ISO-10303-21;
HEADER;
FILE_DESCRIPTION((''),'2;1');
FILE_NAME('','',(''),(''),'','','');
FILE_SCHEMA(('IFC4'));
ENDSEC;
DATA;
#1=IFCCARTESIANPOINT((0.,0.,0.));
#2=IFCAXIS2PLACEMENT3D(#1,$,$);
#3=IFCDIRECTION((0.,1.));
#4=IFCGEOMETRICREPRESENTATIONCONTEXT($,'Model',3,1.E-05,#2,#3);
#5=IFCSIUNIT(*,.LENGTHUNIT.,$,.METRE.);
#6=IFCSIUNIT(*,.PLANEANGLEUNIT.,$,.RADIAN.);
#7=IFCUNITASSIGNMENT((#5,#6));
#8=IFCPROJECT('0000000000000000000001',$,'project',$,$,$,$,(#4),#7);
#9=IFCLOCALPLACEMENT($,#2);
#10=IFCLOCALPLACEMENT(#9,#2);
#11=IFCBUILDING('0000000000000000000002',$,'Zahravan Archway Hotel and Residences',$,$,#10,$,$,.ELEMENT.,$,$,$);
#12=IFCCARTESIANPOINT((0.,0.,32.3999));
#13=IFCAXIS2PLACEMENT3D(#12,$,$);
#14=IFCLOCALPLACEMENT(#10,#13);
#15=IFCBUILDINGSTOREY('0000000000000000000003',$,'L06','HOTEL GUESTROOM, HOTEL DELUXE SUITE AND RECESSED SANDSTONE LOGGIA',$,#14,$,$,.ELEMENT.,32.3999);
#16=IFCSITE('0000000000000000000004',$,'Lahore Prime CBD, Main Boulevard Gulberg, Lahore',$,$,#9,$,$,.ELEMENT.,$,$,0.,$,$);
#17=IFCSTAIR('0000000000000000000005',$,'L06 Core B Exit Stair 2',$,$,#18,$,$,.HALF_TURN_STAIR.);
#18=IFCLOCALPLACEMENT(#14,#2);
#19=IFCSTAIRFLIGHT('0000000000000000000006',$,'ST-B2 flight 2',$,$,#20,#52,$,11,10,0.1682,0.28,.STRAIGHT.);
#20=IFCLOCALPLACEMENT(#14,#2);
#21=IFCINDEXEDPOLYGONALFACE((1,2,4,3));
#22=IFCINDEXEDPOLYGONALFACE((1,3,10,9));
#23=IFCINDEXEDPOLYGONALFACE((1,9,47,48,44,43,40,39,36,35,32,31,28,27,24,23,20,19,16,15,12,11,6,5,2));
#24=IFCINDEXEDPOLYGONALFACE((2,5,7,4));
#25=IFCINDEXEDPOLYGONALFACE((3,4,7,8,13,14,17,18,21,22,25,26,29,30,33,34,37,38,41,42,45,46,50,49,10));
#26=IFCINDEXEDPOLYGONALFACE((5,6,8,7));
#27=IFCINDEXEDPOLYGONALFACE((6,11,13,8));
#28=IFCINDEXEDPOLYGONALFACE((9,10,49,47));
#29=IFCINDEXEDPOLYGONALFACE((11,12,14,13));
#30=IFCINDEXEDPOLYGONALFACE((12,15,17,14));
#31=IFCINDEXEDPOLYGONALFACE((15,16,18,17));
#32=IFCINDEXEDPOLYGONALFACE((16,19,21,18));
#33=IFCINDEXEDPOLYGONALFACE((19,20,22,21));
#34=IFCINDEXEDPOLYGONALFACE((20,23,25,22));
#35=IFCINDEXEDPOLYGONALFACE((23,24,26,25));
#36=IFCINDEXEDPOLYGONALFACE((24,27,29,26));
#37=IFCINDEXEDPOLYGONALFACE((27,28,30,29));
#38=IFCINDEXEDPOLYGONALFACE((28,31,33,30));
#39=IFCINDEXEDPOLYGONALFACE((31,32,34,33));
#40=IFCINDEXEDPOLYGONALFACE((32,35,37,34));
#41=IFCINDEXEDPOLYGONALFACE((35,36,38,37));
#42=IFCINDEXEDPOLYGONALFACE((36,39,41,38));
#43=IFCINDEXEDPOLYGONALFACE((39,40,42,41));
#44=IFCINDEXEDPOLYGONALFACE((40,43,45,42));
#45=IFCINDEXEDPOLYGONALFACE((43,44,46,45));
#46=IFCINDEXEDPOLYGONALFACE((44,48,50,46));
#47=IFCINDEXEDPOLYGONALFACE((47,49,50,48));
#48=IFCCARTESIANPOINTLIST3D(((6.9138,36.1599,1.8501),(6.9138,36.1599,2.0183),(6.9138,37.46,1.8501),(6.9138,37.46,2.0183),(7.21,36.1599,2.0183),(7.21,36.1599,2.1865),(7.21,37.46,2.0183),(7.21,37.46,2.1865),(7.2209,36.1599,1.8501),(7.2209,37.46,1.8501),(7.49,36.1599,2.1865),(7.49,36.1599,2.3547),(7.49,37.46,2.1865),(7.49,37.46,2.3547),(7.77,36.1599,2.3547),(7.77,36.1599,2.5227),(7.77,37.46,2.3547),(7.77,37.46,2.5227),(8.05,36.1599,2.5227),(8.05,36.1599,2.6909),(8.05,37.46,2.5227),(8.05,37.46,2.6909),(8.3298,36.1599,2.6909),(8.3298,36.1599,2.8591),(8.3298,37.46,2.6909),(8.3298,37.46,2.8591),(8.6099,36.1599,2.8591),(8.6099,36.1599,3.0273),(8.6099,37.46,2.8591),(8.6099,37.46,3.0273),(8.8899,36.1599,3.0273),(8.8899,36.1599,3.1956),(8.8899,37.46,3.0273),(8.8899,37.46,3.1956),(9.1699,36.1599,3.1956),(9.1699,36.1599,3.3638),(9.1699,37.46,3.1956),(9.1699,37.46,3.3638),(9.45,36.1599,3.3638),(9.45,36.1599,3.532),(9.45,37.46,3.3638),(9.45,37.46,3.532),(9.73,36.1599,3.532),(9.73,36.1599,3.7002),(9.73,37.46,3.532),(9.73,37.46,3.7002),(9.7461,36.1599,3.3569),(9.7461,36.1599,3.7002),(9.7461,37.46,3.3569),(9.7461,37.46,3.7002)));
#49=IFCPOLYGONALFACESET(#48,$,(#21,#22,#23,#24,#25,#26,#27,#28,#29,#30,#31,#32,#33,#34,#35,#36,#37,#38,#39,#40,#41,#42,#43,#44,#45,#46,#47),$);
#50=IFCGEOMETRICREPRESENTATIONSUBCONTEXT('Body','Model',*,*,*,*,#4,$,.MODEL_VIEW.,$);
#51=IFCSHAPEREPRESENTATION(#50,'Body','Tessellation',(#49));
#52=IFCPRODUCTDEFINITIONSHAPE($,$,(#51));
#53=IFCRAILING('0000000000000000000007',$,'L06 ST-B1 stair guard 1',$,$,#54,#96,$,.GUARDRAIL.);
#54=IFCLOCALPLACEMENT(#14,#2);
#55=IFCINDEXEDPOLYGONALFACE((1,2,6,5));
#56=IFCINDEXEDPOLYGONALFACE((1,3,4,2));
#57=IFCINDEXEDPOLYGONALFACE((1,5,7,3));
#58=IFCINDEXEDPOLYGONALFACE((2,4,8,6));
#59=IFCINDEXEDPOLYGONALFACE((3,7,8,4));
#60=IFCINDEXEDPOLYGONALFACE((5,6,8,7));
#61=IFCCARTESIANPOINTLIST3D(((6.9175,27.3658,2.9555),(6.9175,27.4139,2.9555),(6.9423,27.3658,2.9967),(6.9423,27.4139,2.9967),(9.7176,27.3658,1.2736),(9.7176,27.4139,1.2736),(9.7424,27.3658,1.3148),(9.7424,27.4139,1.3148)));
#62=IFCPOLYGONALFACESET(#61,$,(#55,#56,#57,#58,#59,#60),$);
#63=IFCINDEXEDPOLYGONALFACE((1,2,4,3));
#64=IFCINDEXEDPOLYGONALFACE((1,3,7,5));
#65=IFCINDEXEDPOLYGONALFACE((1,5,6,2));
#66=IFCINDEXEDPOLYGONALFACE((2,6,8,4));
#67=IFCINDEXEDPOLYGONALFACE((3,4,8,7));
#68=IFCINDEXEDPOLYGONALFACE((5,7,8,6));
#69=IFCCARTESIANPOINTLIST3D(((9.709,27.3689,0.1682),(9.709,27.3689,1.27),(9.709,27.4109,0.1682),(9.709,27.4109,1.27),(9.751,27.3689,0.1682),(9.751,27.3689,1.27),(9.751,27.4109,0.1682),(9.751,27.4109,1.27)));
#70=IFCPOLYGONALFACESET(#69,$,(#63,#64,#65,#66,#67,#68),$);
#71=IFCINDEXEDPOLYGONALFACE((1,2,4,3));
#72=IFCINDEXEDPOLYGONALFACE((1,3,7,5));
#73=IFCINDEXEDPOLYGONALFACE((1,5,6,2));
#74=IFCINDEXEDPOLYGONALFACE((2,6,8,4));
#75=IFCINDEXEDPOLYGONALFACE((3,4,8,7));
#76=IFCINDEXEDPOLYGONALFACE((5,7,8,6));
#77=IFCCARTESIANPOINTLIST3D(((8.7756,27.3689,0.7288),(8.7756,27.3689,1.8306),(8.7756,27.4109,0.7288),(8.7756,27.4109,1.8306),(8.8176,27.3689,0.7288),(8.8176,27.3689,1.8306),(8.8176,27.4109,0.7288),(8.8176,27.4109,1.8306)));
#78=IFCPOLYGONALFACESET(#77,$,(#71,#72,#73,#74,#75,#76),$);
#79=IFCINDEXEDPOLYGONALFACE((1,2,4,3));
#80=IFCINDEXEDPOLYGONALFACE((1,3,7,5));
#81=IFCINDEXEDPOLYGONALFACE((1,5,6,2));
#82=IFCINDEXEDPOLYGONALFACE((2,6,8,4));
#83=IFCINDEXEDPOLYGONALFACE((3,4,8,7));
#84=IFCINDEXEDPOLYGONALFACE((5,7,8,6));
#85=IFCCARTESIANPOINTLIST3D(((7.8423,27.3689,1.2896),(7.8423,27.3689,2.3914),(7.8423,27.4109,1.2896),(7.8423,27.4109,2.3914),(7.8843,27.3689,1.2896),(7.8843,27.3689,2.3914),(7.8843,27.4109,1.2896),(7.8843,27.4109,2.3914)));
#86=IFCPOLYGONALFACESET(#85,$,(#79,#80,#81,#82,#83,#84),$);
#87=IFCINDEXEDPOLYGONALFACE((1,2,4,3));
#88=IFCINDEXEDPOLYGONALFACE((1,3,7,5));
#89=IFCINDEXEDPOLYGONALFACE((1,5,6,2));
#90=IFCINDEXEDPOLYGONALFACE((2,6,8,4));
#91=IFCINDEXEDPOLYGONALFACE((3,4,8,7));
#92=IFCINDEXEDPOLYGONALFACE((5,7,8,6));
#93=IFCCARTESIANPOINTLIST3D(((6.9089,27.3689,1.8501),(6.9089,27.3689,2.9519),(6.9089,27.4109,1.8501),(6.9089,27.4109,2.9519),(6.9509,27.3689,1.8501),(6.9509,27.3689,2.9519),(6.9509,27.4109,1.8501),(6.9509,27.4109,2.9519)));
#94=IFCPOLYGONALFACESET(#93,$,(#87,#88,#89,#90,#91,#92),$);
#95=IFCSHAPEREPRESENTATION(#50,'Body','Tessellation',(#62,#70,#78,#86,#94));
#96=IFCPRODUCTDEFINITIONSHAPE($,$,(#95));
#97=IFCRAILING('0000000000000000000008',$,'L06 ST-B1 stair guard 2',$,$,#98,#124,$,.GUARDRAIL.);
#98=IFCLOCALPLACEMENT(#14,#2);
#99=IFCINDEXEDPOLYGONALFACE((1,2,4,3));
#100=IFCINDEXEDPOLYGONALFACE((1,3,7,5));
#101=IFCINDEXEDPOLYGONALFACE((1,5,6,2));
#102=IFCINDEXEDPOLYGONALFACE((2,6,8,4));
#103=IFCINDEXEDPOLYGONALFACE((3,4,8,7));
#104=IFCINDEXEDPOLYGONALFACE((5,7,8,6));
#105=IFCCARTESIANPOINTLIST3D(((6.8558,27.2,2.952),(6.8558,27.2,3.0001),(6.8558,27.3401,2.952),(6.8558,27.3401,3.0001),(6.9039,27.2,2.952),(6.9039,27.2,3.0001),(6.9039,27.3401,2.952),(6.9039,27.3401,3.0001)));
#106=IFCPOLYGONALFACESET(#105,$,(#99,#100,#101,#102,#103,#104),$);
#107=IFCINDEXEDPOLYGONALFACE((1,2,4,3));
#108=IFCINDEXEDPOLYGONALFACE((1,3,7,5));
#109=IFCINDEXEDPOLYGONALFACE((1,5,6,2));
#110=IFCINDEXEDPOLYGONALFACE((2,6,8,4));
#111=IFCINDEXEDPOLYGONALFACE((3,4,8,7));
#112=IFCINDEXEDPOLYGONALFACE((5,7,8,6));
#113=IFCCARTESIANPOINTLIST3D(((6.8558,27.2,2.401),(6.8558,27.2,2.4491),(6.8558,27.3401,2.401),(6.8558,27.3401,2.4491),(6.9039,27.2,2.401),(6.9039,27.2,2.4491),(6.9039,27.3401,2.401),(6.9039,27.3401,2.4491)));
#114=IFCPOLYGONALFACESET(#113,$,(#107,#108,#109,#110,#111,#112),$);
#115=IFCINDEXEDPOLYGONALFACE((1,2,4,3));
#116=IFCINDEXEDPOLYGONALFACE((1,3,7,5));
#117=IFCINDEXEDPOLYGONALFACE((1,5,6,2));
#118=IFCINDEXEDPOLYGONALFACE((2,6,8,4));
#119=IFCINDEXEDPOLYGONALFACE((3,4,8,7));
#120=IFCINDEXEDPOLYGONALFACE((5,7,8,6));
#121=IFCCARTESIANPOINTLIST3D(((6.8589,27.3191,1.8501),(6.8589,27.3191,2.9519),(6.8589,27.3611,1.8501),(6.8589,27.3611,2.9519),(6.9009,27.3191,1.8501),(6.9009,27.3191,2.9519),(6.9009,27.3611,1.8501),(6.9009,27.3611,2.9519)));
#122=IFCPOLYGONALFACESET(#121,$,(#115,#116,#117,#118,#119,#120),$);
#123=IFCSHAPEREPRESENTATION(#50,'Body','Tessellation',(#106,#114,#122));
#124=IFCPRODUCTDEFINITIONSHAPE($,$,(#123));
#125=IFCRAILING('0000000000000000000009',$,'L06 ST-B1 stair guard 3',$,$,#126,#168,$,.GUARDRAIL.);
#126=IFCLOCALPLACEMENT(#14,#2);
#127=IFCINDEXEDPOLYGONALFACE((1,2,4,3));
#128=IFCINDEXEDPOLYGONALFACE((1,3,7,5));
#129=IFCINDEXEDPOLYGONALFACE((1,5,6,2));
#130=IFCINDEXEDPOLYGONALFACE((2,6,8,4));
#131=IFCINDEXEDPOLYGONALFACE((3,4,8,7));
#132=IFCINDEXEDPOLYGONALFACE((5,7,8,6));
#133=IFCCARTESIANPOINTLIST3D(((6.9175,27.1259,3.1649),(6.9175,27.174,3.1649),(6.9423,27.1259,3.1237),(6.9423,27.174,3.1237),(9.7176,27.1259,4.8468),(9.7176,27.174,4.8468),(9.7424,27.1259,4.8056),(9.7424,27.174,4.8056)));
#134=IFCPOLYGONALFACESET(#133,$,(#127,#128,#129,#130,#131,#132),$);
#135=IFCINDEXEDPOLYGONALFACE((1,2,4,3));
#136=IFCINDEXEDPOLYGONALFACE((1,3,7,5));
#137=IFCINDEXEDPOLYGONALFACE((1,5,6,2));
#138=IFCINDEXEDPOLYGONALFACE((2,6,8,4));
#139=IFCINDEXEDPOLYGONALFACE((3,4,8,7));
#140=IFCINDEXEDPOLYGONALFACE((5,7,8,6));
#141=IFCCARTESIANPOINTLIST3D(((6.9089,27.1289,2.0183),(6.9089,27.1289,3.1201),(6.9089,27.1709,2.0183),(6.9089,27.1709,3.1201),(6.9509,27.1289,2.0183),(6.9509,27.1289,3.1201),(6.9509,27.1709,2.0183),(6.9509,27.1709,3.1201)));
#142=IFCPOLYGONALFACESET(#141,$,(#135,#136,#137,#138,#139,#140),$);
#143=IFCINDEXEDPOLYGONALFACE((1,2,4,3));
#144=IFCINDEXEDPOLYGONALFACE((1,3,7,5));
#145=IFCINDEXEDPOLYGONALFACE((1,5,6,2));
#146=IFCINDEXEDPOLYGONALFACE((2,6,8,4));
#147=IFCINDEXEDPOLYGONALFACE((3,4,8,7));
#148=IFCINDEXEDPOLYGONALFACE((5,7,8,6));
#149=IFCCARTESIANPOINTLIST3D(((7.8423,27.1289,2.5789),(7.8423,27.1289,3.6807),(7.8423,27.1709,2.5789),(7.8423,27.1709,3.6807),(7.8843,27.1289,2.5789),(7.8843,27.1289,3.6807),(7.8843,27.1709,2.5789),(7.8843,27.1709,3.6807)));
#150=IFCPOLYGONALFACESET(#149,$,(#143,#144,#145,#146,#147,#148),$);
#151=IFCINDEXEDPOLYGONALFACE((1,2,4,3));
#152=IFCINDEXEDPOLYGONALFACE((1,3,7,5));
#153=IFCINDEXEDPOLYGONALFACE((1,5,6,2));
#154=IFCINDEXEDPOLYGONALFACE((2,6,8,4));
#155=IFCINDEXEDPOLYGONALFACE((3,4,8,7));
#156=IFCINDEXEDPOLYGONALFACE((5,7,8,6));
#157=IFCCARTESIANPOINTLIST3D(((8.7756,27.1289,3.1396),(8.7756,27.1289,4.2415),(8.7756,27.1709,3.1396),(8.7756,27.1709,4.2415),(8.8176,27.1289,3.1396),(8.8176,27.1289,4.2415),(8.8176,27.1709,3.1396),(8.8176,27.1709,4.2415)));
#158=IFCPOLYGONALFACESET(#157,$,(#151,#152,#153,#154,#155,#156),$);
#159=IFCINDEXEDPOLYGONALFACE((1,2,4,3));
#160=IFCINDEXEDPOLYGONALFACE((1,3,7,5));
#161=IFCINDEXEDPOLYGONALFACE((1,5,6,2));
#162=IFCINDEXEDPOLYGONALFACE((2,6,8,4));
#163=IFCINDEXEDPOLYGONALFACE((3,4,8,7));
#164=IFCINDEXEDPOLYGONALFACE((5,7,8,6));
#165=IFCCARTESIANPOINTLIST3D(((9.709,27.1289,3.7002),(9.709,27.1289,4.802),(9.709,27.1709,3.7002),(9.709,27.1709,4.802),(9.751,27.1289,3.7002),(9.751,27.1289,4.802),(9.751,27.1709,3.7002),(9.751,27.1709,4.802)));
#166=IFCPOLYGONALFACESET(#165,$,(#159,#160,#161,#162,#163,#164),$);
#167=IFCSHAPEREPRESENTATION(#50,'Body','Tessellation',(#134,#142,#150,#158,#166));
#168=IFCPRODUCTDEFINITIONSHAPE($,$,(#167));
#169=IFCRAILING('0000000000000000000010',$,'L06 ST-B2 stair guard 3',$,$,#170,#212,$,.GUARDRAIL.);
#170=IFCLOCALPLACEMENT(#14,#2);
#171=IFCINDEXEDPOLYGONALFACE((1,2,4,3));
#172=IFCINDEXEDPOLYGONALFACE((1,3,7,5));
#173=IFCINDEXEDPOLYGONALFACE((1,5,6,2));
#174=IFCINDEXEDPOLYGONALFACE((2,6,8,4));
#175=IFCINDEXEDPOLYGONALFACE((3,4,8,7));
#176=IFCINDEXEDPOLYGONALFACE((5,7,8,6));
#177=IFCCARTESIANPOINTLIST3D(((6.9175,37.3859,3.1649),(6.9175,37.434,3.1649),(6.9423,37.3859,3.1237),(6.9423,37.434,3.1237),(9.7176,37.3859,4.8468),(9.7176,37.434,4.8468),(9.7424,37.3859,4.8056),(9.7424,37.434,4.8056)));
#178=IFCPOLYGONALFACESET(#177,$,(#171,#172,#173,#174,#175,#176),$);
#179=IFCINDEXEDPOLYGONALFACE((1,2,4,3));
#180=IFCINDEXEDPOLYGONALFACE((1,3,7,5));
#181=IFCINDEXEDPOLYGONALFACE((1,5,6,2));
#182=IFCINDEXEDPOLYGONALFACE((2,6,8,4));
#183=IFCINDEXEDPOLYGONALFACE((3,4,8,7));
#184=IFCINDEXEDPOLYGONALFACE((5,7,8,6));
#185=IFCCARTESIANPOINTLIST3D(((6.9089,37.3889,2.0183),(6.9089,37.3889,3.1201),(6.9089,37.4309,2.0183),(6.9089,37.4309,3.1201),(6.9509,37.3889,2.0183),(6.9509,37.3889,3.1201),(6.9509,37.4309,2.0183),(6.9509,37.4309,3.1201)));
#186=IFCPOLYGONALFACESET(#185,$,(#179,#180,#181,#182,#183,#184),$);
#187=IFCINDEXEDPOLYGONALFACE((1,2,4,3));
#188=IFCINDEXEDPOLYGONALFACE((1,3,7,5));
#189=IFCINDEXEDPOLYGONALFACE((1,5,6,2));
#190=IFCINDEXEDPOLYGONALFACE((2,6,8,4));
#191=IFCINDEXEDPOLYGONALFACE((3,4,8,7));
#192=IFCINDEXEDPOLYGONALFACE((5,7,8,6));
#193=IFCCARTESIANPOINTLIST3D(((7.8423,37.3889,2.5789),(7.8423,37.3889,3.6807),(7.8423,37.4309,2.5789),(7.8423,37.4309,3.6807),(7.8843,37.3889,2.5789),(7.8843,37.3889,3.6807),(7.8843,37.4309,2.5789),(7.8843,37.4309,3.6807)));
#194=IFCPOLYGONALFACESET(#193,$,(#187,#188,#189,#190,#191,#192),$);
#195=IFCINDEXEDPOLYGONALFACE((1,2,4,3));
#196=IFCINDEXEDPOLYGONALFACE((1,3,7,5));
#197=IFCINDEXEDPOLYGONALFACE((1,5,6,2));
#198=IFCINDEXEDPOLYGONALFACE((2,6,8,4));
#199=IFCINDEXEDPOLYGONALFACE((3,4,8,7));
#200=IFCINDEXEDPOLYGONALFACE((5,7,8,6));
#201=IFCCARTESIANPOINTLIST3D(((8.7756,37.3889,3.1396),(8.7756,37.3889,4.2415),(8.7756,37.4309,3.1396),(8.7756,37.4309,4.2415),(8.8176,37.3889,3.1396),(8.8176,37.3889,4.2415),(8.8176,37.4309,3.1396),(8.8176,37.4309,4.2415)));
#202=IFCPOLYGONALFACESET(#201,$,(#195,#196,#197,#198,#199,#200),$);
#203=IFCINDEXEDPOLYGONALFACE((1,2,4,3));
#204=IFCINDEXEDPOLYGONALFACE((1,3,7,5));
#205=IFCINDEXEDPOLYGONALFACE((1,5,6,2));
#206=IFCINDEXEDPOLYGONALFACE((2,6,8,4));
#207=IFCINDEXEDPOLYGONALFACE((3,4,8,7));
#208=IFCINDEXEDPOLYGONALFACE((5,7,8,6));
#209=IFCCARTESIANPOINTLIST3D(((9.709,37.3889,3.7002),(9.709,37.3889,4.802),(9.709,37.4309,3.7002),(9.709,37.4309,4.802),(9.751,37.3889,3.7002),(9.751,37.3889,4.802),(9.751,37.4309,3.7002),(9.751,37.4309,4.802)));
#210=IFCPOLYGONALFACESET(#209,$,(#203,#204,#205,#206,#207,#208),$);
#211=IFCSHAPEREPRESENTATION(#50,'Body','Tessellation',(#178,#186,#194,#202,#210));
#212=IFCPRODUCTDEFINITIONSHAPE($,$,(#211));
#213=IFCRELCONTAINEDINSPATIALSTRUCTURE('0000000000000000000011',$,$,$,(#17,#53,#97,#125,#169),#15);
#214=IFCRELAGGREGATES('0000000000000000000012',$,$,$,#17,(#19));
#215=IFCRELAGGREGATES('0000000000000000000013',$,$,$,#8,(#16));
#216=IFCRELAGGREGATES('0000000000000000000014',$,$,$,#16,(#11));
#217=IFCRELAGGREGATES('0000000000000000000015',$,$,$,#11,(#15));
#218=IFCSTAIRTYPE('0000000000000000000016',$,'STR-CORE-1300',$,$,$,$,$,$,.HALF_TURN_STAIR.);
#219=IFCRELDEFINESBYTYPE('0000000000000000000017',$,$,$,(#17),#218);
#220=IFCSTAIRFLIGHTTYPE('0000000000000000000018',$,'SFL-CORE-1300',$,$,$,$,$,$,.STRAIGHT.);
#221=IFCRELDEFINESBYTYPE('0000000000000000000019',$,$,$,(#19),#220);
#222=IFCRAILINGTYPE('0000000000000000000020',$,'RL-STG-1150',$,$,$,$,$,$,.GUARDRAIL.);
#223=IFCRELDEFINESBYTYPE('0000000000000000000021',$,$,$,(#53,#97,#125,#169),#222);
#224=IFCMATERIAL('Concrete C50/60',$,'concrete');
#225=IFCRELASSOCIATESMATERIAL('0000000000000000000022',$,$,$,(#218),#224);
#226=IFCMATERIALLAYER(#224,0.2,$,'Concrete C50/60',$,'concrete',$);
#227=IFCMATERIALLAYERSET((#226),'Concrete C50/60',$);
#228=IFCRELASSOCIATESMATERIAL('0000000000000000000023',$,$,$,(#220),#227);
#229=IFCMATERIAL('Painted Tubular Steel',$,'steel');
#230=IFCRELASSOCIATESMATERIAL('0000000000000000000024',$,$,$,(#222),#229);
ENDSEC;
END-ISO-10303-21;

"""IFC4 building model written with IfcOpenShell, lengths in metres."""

from ifc_helpers import new_model, si_unit, direction, frame, origin, origin_2d, place, context, subcontext, project, spatial, polyline, rectangle, outline, extrude, source, transform, mapped, material, layer, layer_set, type_object, element, aggregate, save


model = new_model("IFC4")

# Units and contexts
model_context = context("Model", 3, precision=1e-05, world=origin(), true_north=direction((0.0, 1.0)))
body_context = subcontext(model_context, "Body", "Model", "MODEL_VIEW")
ifc_project = project(units=[si_unit("LENGTHUNIT", "METRE"), si_unit("PLANEANGLEUNIT", "RADIAN")], contexts=[model_context])

# Site, building, storey
site_placement = place(None, origin())
site = spatial("IfcSite", under=ifc_project, at=site_placement, Name="Lahore Prime CBD, Main Boulevard Gulberg, Lahore", CompositionType="ELEMENT", RefElevation=0.0)
building_placement = place(site_placement, origin())
building = spatial("IfcBuilding", under=site, at=building_placement, Name="Zahravan Archway Hotel and Residences", CompositionType="ELEMENT")
storey_placement = place(building_placement, frame((0.0, 0.0, 32.3999)))
storey = spatial("IfcBuildingStorey", under=building, at=storey_placement, Name="L06", Description="HOTEL GUESTROOM, HOTEL DELUXE SUITE AND RECESSED SANDSTONE LOGGIA", CompositionType="ELEMENT", Elevation=32.3999)

# Shared definitions
ifc_material_1 = material(Name="Concrete C50/60", Category="concrete")

# Shared definitions
stair_type = type_object("IfcStairType", Name="STR-CORE-1300", PredefinedType="HALF_TURN_STAIR", material=ifc_material_1)
ifc_layer_1 = layer(ifc_material_1, 0.2, Name="Concrete C50/60", Category="concrete")
ifc_layer_set_1 = layer_set([ifc_layer_1], Name="Concrete C50/60")
stair_flight_type = type_object("IfcStairFlightType", Name="SFL-CORE-1300", PredefinedType="STRAIGHT", material=ifc_layer_set_1)
shared_shape_1 = source(origin(), body_context, "Body", "SweptSolid", [
    extrude(outline(polyline([(-0.0161, 0.0), (-0.0161, 0.1682), (0.28, 0.1682), (0.28, 0.3364), (0.5601, 0.3364), (0.5601, 0.5046), (0.8401, 0.5046), (0.8401, 0.6726), (1.1201, 0.6726), (1.1201, 0.8408), (1.3999, 0.8408), (1.3999, 1.009), (1.6799, 1.009), (1.6799, 1.1772), (1.96, 1.1772), (1.96, 1.3455), (2.24, 1.3455), (2.24, 1.5137), (2.52, 1.5137), (2.52, 1.6819), (2.8, 1.6819), (2.8, 1.8501), (2.8162, 1.8501), (2.8162, 1.5068), (0.291, 0.0), (-0.0161, 0.0)])), frame((0.0, 0.6499, 0.0), z_axis=(0.0, -1.0, 0.0), x_axis=(1.0, 0.0, 0.0)), (0.0, 0.0, 1.0), 1.3),
])

# Stair, stair flight
stair_1_placement = place(storey_placement, origin())
stair_1 = element("IfcStair", 1, at=stair_1_placement, inside=storey, type_object=stair_type, Name="L06 Core B Exit Stair 2", PredefinedType="HALF_TURN_STAIR")
stair_flight_1_placement = place(storey_placement, frame((6.9299, 36.8101, 1.8501), z_axis=(0.0, 0.0, 1.0), x_axis=(1.0, 0.0, 0.0)))
stair_flight_1 = element("IfcStairFlight", 2, at=stair_flight_1_placement, type_object=stair_flight_type, Name="ST-B2 flight 2", NumberOfRisers=11, NumberOfTreads=10, PredefinedType="STRAIGHT", RiserHeight=0.1682, TreadLength=0.28, context=body_context, shape_type="MappedRepresentation", body=[
    mapped(shared_shape_1, transform((0.0, 0.0, 0.0), scale=1.0)),
])
aggregate(stair_1, [stair_flight_1])

# Railings
ifc_material_2 = material(Name="Painted Tubular Steel", Category="steel")
railing_type_1 = type_object("IfcRailingType", Name="RL-STG-1150", PredefinedType="GUARDRAIL", material=ifc_material_2)
railing_1_placement = place(storey_placement, frame((9.73, 27.3899, 0.1682)))
element("IfcRailing", 3, at=railing_1_placement, inside=storey, type_object=railing_type_1, Name="L06 ST-B1 stair guard 1", PredefinedType="GUARDRAIL", context=body_context, shape_type="SweptSolid", body=[
    extrude(rectangle(XDim=0.0481, YDim=0.0481, at=origin_2d()), frame((0.0, 0.0, 1.126), z_axis=(-0.857242, 0.0, 0.514913), x_axis=(0.0, -1.0, 0.0)), (0.0, 0.0, 1.0), 3.2664),
    extrude(rectangle(XDim=0.042, YDim=0.042, at=origin_2d()), origin(), (0.0, 0.0, 1.0), 1.1018),
    extrude(rectangle(XDim=0.042, YDim=0.042, at=origin_2d()), frame((-0.9333, 0.0, 0.5605)), (0.0, 0.0, 1.0), 1.1018),
    extrude(rectangle(XDim=0.042, YDim=0.042, at=origin_2d()), frame((-1.8667, 0.0, 1.1213)), (0.0, 0.0, 1.0), 1.1018),
    extrude(rectangle(XDim=0.042, YDim=0.042, at=origin_2d()), frame((-2.8, 0.0, 1.6819)), (0.0, 0.0, 1.0), 1.1018),
])
railing_2_placement = place(storey_placement, frame((6.8799, 27.3401, 1.8501)))
element("IfcRailing", 4, at=railing_2_placement, inside=storey, type_object=railing_type_1, Name="L06 ST-B1 stair guard 2", PredefinedType="GUARDRAIL", context=body_context, shape_type="SweptSolid", body=[
    extrude(rectangle(XDim=0.0481, YDim=0.0481, at=origin_2d()), frame((0.0, 0.0, 1.126), z_axis=(0.0, -1.0, 0.0), x_axis=(1.0, 0.0, 0.0)), (0.0, 0.0, 1.0), 0.1401),
    extrude(rectangle(XDim=0.0481, YDim=0.0481, at=origin_2d()), frame((0.0, 0.0, 0.575), z_axis=(0.0, -1.0, 0.0), x_axis=(1.0, 0.0, 0.0)), (0.0, 0.0, 1.0), 0.1401),
    extrude(rectangle(XDim=0.042, YDim=0.042, at=origin_2d()), origin(), (0.0, 0.0, 1.0), 1.1018),
])
for number, where, name in (
    (5, (6.9299, 27.1499, 2.0183), "L06 ST-B1 stair guard 3"),
    (6, (6.9299, 37.4099, 2.0183), "L06 ST-B2 stair guard 3"),
):
    element("IfcRailing", number, at=place(storey_placement, frame(where)), inside=storey, type_object=railing_type_1, Name=name, PredefinedType="GUARDRAIL", context=body_context, shape_type="SweptSolid", body=[
        extrude(rectangle(XDim=0.0481, YDim=0.0481, at=origin_2d()), frame((0.0, 0.0, 1.126), z_axis=(0.857242, 0.0, 0.514913), x_axis=(0.0, 1.0, 0.0)), (0.0, 0.0, 1.0), 3.2664),
        extrude(rectangle(XDim=0.042, YDim=0.042, at=origin_2d()), origin(), (0.0, 0.0, 1.0), 1.1018),
        extrude(rectangle(XDim=0.042, YDim=0.042, at=origin_2d()), frame((0.9333, 0.0, 0.5605)), (0.0, 0.0, 1.0), 1.1018),
        extrude(rectangle(XDim=0.042, YDim=0.042, at=origin_2d()), frame((1.8667, 0.0, 1.1213)), (0.0, 0.0, 1.0), 1.1018),
        extrude(rectangle(XDim=0.042, YDim=0.042, at=origin_2d()), frame((2.8, 0.0, 1.6819)), (0.0, 0.0, 1.0), 1.1018),
    ])

save(model, "model.ifc")
